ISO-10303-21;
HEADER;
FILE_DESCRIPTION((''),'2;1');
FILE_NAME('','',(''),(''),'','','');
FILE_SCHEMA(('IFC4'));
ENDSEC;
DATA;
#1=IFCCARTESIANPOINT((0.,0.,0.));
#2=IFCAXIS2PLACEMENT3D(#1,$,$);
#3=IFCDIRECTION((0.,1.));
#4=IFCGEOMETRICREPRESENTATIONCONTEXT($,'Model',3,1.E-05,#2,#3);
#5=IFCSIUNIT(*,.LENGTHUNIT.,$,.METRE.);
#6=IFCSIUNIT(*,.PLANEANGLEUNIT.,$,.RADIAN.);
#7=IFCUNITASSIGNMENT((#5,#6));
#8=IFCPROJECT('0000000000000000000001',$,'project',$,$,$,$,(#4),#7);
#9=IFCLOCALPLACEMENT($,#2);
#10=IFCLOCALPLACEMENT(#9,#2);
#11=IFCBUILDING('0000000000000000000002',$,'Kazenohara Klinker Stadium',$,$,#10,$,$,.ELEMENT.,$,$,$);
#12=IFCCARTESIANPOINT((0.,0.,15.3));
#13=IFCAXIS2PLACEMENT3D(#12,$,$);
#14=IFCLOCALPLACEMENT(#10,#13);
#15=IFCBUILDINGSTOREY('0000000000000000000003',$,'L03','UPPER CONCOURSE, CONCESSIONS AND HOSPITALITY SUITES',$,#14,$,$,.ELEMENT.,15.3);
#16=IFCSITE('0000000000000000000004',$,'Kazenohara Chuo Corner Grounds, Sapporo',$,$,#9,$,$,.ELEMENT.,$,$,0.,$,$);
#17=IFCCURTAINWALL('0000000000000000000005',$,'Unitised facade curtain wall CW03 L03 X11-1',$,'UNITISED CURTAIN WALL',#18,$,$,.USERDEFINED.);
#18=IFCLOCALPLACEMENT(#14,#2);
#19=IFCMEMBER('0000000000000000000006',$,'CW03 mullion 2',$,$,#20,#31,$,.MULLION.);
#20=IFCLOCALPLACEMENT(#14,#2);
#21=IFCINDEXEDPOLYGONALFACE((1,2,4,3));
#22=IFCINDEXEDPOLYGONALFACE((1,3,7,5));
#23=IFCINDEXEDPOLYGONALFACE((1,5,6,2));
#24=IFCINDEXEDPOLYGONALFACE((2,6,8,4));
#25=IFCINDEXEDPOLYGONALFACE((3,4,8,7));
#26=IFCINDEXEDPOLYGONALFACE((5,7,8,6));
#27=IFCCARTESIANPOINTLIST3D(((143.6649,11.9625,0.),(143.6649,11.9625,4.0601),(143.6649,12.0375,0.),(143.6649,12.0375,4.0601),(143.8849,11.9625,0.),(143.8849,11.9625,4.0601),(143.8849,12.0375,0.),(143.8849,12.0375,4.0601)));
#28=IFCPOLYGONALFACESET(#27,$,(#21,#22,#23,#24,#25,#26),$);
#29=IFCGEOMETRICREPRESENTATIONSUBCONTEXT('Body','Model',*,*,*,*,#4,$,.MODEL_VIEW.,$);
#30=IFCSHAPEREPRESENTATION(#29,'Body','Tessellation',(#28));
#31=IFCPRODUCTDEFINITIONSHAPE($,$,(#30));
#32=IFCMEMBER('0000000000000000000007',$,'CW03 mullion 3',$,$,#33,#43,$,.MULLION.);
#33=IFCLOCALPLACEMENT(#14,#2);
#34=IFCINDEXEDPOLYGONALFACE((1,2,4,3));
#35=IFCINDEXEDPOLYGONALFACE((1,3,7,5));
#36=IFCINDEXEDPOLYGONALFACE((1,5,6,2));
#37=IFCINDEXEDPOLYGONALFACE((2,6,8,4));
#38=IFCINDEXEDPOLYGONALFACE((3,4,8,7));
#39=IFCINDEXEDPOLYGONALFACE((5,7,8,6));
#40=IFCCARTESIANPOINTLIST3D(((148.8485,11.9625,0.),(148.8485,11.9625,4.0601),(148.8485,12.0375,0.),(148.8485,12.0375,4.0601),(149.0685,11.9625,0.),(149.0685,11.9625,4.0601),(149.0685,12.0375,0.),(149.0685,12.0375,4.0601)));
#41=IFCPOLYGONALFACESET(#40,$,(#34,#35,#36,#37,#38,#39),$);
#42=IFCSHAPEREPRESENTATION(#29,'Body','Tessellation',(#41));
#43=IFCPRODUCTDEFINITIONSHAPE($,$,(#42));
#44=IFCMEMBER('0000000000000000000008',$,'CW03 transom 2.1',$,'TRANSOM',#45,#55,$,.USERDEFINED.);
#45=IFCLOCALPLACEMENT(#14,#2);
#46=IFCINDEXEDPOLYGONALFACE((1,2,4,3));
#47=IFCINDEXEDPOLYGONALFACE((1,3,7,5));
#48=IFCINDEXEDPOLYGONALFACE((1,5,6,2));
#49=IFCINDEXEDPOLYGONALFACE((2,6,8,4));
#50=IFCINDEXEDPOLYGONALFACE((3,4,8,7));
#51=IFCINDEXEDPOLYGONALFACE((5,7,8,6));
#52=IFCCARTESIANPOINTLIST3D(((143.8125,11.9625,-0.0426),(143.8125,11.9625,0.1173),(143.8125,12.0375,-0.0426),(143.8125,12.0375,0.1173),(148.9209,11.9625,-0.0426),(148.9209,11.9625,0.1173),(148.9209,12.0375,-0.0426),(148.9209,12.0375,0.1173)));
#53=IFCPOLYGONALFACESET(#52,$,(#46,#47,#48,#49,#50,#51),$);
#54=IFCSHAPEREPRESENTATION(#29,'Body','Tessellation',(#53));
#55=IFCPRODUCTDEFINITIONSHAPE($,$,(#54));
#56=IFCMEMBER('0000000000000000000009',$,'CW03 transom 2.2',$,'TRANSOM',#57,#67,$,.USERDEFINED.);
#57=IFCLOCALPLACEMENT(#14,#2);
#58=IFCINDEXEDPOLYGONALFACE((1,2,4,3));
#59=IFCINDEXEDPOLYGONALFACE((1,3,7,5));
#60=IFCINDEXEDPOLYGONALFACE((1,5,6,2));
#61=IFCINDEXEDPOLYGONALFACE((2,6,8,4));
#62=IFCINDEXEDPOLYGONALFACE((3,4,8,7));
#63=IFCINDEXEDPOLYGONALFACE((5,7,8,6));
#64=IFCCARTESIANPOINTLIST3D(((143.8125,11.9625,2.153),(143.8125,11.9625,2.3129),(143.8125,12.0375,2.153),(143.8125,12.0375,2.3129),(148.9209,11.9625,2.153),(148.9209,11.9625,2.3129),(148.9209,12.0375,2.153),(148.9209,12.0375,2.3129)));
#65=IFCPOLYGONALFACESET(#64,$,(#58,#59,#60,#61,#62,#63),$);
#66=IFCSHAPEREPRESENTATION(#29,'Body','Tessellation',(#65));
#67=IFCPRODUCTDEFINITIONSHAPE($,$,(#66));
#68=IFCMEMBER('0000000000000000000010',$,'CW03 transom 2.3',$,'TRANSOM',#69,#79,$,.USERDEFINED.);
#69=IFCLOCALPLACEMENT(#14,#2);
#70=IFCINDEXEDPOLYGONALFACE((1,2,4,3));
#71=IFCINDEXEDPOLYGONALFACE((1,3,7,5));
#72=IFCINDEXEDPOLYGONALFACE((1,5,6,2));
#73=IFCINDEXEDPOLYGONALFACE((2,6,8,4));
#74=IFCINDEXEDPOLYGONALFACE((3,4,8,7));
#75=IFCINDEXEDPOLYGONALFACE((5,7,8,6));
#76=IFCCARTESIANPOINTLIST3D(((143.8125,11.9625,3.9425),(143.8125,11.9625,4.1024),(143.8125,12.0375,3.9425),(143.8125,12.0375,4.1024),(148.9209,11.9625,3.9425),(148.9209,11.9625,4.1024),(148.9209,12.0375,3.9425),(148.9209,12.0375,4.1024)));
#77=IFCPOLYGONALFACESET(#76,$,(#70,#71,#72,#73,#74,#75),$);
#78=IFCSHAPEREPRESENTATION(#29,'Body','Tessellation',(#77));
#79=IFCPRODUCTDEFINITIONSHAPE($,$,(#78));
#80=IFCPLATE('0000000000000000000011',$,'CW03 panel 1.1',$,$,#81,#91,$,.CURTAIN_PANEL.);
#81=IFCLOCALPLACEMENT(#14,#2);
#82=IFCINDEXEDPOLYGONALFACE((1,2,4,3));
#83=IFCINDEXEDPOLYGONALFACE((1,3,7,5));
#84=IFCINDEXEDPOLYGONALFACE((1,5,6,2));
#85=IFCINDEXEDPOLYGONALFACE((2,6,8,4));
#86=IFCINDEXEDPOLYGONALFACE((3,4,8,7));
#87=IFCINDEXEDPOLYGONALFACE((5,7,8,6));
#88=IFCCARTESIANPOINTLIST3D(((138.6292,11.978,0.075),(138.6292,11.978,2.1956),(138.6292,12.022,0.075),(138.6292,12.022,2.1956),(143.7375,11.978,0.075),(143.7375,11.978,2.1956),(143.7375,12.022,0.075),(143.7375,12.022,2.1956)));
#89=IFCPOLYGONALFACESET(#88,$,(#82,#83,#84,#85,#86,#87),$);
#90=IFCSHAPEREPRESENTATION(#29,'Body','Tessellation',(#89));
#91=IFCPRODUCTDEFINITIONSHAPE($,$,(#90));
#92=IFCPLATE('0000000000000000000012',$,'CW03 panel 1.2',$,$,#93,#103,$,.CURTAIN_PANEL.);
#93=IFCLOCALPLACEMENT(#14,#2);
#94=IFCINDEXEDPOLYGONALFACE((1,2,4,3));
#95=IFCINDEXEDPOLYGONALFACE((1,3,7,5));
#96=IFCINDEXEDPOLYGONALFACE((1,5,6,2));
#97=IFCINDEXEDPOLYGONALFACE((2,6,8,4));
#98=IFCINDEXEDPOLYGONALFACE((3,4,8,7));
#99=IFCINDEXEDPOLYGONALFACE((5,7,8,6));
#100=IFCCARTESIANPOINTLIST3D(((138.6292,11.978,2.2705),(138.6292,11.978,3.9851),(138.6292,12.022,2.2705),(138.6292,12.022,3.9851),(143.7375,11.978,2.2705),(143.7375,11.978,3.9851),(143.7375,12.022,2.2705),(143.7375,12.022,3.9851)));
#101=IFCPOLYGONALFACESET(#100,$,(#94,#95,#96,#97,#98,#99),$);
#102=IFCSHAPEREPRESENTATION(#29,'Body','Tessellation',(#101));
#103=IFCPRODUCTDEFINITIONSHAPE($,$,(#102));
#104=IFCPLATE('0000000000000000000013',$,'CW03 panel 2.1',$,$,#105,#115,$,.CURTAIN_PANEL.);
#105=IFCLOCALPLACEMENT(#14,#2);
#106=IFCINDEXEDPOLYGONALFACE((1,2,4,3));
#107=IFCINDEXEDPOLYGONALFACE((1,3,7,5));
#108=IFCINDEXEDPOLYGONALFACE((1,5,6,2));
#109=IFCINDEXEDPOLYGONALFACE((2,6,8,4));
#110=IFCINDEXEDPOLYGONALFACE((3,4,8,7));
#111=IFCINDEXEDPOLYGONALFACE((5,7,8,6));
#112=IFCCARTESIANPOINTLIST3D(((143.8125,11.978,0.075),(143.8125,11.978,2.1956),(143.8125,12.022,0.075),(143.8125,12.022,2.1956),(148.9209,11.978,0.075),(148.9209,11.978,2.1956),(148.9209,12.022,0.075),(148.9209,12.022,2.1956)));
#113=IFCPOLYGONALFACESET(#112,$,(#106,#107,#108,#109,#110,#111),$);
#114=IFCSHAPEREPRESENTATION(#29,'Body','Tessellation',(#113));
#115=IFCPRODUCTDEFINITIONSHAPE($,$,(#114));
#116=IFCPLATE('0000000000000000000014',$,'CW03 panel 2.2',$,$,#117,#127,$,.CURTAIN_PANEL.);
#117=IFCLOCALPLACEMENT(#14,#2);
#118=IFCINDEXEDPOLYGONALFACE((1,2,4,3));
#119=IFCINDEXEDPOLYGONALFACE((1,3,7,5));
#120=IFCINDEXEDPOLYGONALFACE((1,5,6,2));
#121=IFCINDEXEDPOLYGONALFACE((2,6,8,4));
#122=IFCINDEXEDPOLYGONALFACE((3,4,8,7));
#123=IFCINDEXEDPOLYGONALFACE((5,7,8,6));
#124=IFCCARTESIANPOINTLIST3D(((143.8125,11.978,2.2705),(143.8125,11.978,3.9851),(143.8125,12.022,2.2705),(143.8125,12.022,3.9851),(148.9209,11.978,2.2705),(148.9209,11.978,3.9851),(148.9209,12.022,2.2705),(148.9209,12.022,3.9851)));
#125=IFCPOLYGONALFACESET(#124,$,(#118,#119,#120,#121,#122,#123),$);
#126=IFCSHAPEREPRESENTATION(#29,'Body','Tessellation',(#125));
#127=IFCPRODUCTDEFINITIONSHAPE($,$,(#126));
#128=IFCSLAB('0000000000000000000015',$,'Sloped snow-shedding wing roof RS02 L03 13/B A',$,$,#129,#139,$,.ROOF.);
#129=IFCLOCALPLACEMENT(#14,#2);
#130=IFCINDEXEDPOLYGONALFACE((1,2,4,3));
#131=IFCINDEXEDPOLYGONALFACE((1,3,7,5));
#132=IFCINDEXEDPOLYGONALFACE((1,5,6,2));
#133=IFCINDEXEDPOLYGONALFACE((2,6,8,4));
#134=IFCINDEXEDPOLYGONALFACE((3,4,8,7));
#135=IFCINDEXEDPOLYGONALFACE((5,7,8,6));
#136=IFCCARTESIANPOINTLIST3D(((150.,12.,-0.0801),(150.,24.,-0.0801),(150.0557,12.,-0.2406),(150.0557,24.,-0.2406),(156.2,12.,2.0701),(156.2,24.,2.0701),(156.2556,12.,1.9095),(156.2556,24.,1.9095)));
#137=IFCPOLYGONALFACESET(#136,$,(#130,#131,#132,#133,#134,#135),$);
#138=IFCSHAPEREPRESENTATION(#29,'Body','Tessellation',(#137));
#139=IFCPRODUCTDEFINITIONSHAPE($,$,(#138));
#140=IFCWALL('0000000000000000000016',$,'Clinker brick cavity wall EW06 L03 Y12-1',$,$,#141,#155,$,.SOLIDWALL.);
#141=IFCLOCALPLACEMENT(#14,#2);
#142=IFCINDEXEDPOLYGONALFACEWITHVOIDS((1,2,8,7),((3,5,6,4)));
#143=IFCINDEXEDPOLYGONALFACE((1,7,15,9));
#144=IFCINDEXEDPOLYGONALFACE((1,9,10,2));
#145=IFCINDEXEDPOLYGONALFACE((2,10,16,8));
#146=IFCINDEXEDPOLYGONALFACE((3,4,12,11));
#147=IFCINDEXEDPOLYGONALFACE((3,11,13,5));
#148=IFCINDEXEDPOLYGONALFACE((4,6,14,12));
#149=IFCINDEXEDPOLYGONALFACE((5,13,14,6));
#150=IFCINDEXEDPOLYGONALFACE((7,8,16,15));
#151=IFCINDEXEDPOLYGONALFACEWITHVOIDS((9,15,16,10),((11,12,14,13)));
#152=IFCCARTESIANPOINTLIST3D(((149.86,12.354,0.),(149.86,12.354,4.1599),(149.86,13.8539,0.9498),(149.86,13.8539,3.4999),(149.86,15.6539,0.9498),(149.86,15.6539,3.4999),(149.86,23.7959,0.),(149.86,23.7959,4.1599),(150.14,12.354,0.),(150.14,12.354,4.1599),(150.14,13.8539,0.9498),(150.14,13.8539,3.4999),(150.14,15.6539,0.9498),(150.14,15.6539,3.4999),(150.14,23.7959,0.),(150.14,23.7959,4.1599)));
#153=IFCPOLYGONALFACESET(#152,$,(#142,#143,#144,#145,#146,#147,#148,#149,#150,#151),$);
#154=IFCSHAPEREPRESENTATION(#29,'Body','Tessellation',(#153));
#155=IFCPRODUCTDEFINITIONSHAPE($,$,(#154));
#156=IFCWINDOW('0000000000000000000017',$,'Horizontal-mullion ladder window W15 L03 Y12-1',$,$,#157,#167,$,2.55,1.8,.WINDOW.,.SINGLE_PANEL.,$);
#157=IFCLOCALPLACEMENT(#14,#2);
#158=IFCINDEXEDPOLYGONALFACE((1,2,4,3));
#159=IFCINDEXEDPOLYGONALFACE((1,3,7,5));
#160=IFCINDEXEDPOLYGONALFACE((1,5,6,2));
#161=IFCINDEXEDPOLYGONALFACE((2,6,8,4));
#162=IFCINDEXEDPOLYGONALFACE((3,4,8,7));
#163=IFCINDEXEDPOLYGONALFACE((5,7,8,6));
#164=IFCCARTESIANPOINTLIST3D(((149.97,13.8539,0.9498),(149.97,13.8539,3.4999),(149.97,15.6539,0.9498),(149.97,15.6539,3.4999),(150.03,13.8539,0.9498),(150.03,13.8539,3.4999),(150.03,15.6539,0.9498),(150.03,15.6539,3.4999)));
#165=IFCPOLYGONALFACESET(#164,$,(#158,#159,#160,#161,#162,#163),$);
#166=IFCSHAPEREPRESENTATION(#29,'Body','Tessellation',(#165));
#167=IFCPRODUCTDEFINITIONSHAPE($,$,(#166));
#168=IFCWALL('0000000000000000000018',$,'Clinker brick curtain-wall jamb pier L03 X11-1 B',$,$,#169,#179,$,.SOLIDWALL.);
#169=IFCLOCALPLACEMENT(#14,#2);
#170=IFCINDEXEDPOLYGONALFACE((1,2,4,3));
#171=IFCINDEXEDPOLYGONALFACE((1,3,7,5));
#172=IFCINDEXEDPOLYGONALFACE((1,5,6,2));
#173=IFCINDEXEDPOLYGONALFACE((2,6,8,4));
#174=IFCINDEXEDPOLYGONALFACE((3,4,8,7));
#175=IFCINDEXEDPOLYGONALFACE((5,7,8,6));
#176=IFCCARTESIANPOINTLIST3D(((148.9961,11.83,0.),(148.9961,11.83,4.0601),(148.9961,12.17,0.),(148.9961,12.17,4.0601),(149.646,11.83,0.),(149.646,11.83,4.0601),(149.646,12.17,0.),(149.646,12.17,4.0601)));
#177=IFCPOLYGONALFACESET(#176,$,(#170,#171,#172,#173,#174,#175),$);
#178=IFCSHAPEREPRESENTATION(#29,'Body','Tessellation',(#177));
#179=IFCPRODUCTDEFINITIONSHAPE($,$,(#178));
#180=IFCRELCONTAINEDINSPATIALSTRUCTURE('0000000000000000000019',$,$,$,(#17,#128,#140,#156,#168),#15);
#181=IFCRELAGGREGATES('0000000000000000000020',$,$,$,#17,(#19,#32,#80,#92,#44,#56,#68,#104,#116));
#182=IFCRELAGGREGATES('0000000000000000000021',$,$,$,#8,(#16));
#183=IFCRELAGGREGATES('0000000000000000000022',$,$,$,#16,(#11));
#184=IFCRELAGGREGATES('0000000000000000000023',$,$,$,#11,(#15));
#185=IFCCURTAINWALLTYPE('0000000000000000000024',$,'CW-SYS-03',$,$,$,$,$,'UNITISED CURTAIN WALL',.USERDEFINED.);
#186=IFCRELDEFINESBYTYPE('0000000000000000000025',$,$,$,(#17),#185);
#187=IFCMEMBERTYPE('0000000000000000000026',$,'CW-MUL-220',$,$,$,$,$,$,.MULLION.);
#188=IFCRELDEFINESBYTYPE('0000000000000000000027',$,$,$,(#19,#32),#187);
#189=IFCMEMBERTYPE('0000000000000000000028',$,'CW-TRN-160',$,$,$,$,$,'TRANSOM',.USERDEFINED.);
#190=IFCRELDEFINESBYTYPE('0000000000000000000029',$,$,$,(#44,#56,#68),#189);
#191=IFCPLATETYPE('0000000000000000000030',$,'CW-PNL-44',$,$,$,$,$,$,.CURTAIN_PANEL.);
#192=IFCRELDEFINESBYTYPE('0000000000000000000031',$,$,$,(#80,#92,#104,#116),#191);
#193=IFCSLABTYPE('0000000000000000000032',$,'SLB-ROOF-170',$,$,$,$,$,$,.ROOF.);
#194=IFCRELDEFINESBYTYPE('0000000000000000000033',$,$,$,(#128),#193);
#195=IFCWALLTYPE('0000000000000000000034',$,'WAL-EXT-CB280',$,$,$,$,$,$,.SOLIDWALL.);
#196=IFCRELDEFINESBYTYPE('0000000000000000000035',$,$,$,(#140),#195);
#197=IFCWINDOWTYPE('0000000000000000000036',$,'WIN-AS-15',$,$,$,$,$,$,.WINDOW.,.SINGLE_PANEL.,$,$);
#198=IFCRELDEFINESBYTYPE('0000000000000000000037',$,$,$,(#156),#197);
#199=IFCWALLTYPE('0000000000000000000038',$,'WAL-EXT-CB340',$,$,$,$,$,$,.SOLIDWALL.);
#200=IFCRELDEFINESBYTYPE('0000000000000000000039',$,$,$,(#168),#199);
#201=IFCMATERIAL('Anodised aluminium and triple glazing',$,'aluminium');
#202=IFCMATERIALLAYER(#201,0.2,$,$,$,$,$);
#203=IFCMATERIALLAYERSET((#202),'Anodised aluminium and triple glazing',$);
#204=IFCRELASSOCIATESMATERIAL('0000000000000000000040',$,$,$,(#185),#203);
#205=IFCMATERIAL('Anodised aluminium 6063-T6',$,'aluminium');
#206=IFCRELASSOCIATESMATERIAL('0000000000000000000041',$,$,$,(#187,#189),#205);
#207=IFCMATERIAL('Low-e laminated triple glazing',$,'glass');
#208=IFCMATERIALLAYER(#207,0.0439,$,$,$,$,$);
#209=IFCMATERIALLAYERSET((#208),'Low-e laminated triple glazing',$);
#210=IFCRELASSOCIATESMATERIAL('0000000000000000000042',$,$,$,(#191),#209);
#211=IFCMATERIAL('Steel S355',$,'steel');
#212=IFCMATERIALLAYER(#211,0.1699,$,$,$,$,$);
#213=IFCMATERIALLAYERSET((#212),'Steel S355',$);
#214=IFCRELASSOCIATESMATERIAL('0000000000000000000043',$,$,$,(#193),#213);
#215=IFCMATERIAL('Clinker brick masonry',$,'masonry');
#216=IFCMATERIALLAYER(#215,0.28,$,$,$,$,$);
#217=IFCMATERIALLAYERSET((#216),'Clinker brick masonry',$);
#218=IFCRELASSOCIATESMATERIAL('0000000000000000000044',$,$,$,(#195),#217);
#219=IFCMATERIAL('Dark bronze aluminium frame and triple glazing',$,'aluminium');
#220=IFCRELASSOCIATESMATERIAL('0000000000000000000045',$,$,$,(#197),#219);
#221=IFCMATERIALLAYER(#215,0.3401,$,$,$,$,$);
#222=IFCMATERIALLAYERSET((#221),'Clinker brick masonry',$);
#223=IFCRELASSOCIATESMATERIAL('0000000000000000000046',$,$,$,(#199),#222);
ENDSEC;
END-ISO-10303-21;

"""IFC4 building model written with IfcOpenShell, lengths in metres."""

from ifc_helpers import new_model, si_unit, direction, frame, frame_2d, origin, origin_2d, place, context, subcontext, project, spatial, polyline, rectangle, outline, extrude, material, layer, layer_set, material_profile, profile_set, type_object, element, fill, aggregate, save


model = new_model("IFC4")

# Units and contexts
model_context = context("Model", 3, precision=1e-05, world=origin(), true_north=direction((0.0, 1.0)))
body_context = subcontext(model_context, "Body", "Model", "MODEL_VIEW")
ifc_project = project(units=[si_unit("LENGTHUNIT", "METRE"), si_unit("PLANEANGLEUNIT", "RADIAN")], contexts=[model_context])

# Site, building, storey
site_placement = place(None, origin())
site = spatial("IfcSite", under=ifc_project, at=site_placement, Name="Kazenohara Chuo Corner Grounds, Sapporo", CompositionType="ELEMENT", RefElevation=0.0)
building_placement = place(site_placement, origin())
building = spatial("IfcBuilding", under=site, at=building_placement, Name="Kazenohara Klinker Stadium", CompositionType="ELEMENT")
storey_placement = place(building_placement, frame((0.0, 0.0, 15.3)))
storey = spatial("IfcBuildingStorey", under=building, at=storey_placement, Name="L03", Description="UPPER CONCOURSE, CONCESSIONS AND HOSPITALITY SUITES", CompositionType="ELEMENT", Elevation=15.3)

# Shared definitions
ifc_material_1 = material(Name="Steel S355", Category="steel")

# Curtain wall, members, plates
ifc_material_2 = material(Name="Anodised aluminium and triple glazing", Category="aluminium")
ifc_layer_1 = layer(ifc_material_2, 0.2)
ifc_layer_set_1 = layer_set([ifc_layer_1], Name="Anodised aluminium and triple glazing")
curtain_wall_type = type_object("IfcCurtainWallType", Name="CW-SYS-03", ElementType="UNITISED CURTAIN WALL", PredefinedType="USERDEFINED", material=ifc_layer_set_1)
curtain_wall_placement = place(storey_placement, origin())
curtain_wall = element("IfcCurtainWall", 1, at=curtain_wall_placement, inside=storey, type_object=curtain_wall_type, Name="Unitised facade curtain wall CW03 L03 X11-1", ObjectType="UNITISED CURTAIN WALL", PredefinedType="USERDEFINED")
ifc_material_3 = material(Name="Anodised aluminium 6063-T6", Category="aluminium")
ifc_material_profile_1 = material_profile(ifc_material_3, rectangle(XDim=0.075, YDim=0.22, at=origin_2d()), Name="ALU-MUL-75x220")
ifc_profile_set_1 = profile_set([ifc_material_profile_1], Name="Anodised aluminium 6063-T6")
member_type_1 = type_object("IfcMemberType", Name="CW-MUL-220", PredefinedType="MULLION", material=ifc_profile_set_1)
member_1_placement = place(storey_placement, frame((143.7749, 12.0, 0.0), z_axis=(0.0, 0.0, 1.0), x_axis=(0.0, 1.0, 0.0)))
member_1 = element("IfcMember", 2, at=member_1_placement, type_object=member_type_1, Name="CW03 mullion 2", PredefinedType="MULLION", context=body_context, shape_type="SweptSolid", body=[
    extrude(rectangle(XDim=0.075, YDim=0.22, at=origin_2d()), origin(), (0.0, 0.0, 1.0), 4.0601),
])
member_2_placement = place(storey_placement, frame((148.9585, 12.0, 0.0), z_axis=(0.0, 0.0, 1.0), x_axis=(0.0, 1.0, 0.0)))
member_2 = element("IfcMember", 3, at=member_2_placement, type_object=member_type_1, Name="CW03 mullion 3", PredefinedType="MULLION", context=body_context, shape_type="SweptSolid", body=[
    extrude(rectangle(XDim=0.075, YDim=0.22, at=origin_2d()), origin(), (0.0, 0.0, 1.0), 4.0601),
])
ifc_material_profile_2 = material_profile(ifc_material_3, rectangle(XDim=0.075, YDim=0.1599, at=origin_2d()), Name="ALU-TRN-75x160")
ifc_profile_set_2 = profile_set([ifc_material_profile_2], Name="Anodised aluminium 6063-T6")
member_type_2 = type_object("IfcMemberType", Name="CW-TRN-160", ElementType="TRANSOM", PredefinedType="USERDEFINED", material=ifc_profile_set_2)
member_3_placement = place(storey_placement, frame((143.8125, 12.0, 0.0374), z_axis=(1.0, 0.0, 0.0), x_axis=(0.0, 1.0, 0.0)))
member_3 = element("IfcMember", 4, at=member_3_placement, type_object=member_type_2, Name="CW03 transom 2.1", ObjectType="TRANSOM", PredefinedType="USERDEFINED", context=body_context, shape_type="SweptSolid", body=[
    extrude(rectangle(XDim=0.075, YDim=0.1599, at=origin_2d()), origin(), (0.0, 0.0, 1.0), 5.1084),
])
member_4_placement = place(storey_placement, frame((143.8125, 12.0, 2.2329), z_axis=(1.0, 0.0, 0.0), x_axis=(0.0, 1.0, 0.0)))
member_4 = element("IfcMember", 5, at=member_4_placement, type_object=member_type_2, Name="CW03 transom 2.2", ObjectType="TRANSOM", PredefinedType="USERDEFINED", context=body_context, shape_type="SweptSolid", body=[
    extrude(rectangle(XDim=0.075, YDim=0.1599, at=origin_2d()), origin(), (0.0, 0.0, 1.0), 5.1084),
])
member_5_placement = place(storey_placement, frame((143.8125, 12.0, 4.0225), z_axis=(1.0, 0.0, 0.0), x_axis=(0.0, 1.0, 0.0)))
member_5 = element("IfcMember", 6, at=member_5_placement, type_object=member_type_2, Name="CW03 transom 2.3", ObjectType="TRANSOM", PredefinedType="USERDEFINED", context=body_context, shape_type="SweptSolid", body=[
    extrude(rectangle(XDim=0.075, YDim=0.1599, at=origin_2d()), origin(), (0.0, 0.0, 1.0), 5.1084),
])
ifc_material_4 = material(Name="Low-e laminated triple glazing", Category="glass")
ifc_layer_2 = layer(ifc_material_4, 0.0439)
ifc_layer_set_2 = layer_set([ifc_layer_2], Name="Low-e laminated triple glazing")
plate_type = type_object("IfcPlateType", Name="CW-PNL-44", PredefinedType="CURTAIN_PANEL", material=ifc_layer_set_2)
plate_1_placement = place(storey_placement, frame((141.1833, 12.0, 0.075), z_axis=(0.0, 0.0, 1.0), x_axis=(1.0, 0.0, 0.0)))
plate_1 = element("IfcPlate", 7, at=plate_1_placement, type_object=plate_type, Name="CW03 panel 1.1", PredefinedType="CURTAIN_PANEL", context=body_context, shape_type="SweptSolid", body=[
    extrude(rectangle(XDim=5.1084, YDim=0.0439, at=origin_2d()), origin(), (0.0, 0.0, 1.0), 2.1206),
])
plate_2_placement = place(storey_placement, frame((141.1833, 12.0, 2.2705), z_axis=(0.0, 0.0, 1.0), x_axis=(1.0, 0.0, 0.0)))
plate_2 = element("IfcPlate", 8, at=plate_2_placement, type_object=plate_type, Name="CW03 panel 1.2", PredefinedType="CURTAIN_PANEL", context=body_context, shape_type="SweptSolid", body=[
    extrude(rectangle(XDim=5.1084, YDim=0.0439, at=origin_2d()), origin(), (0.0, 0.0, 1.0), 1.7146),
])
plate_3_placement = place(storey_placement, frame((146.3667, 12.0, 0.075), z_axis=(0.0, 0.0, 1.0), x_axis=(1.0, 0.0, 0.0)))
plate_3 = element("IfcPlate", 9, at=plate_3_placement, type_object=plate_type, Name="CW03 panel 2.1", PredefinedType="CURTAIN_PANEL", context=body_context, shape_type="SweptSolid", body=[
    extrude(rectangle(XDim=5.1084, YDim=0.0439, at=origin_2d()), origin(), (0.0, 0.0, 1.0), 2.1206),
])
plate_4_placement = place(storey_placement, frame((146.3667, 12.0, 2.2705), z_axis=(0.0, 0.0, 1.0), x_axis=(1.0, 0.0, 0.0)))
plate_4 = element("IfcPlate", 10, at=plate_4_placement, type_object=plate_type, Name="CW03 panel 2.2", PredefinedType="CURTAIN_PANEL", context=body_context, shape_type="SweptSolid", body=[
    extrude(rectangle(XDim=5.1084, YDim=0.0439, at=origin_2d()), origin(), (0.0, 0.0, 1.0), 1.7146),
])
aggregate(curtain_wall, [member_1, member_2, plate_1, plate_2, member_3, member_4, member_5, plate_3, plate_4])

# Slab
ifc_layer_3 = layer(ifc_material_1, 0.1699)
ifc_layer_set_3 = layer_set([ifc_layer_3], Name="Steel S355")
slab_type = type_object("IfcSlabType", Name="SLB-ROOF-170", PredefinedType="ROOF", material=ifc_layer_set_3)
slab_placement = place(storey_placement, frame((150.0, 12.0, -0.0801), z_axis=(-0.327656, 0.0, 0.944797), x_axis=(0.944797, 0.0, 0.327656)))
element("IfcSlab", 11, at=slab_placement, inside=storey, type_object=slab_type, Name="Sloped snow-shedding wing roof RS02 L03 13/B A", PredefinedType="ROOF", context=body_context, shape_type="SweptSolid", body=[
    extrude(outline(polyline([(0.0, 0.0), (6.5622, 0.0), (6.5622, 12.0), (0.0, 12.0), (0.0, 0.0)])), origin(), (0.0, 0.0, -1.0), 0.1699),
])

# Wall, opening, window
ifc_material_5 = material(Name="Clinker brick masonry", Category="masonry")
ifc_layer_4 = layer(ifc_material_5, 0.28)
ifc_layer_set_4 = layer_set([ifc_layer_4], Name="Clinker brick masonry")
wall_type_1 = type_object("IfcWallType", Name="WAL-EXT-CB280", PredefinedType="SOLIDWALL", material=ifc_layer_set_4)
wall_1_placement = place(storey_placement, frame((150.0, 12.354, 0.0), z_axis=(0.0, 0.0, 1.0), x_axis=(0.0, 1.0, 0.0)))
wall_1 = element("IfcWall", 12, at=wall_1_placement, inside=storey, type_object=wall_type_1, Name="Clinker brick cavity wall EW06 L03 Y12-1", PredefinedType="SOLIDWALL", context=body_context, shape_type="SweptSolid", body=[
    extrude(rectangle(XDim=11.4419, YDim=0.28, at=frame_2d((5.7209, 0.0))), origin(), (0.0, 0.0, 1.0), 4.1599),
])
opening_placement = place(wall_1_placement, frame((1.5, 0.0, 0.95)))
opening = element("IfcOpeningElement", 13, at=opening_placement, cuts=wall_1, PredefinedType="OPENING", context=body_context, shape_type="SweptSolid", body=[
    extrude(rectangle(XDim=1.8, YDim=2.55, at=frame_2d((0.8999, 1.2749))), frame((0.0, 0.1499, 0.0), z_axis=(0.0, -1.0, 0.0), x_axis=(1.0, 0.0, 0.0)), (0.0, 0.0, 1.0), 0.3),
])
ifc_material_6 = material(Name="Dark bronze aluminium frame and triple glazing", Category="aluminium")
window_type = type_object("IfcWindowType", Name="WIN-AS-15", PartitioningType="SINGLE_PANEL", PredefinedType="WINDOW", material=ifc_material_6)
window_placement = place(opening_placement, origin())
window = element("IfcWindow", 14, at=window_placement, inside=storey, type_object=window_type, Name="Horizontal-mullion ladder window W15 L03 Y12-1", OverallHeight=2.55, OverallWidth=1.8, PartitioningType="SINGLE_PANEL", PredefinedType="WINDOW", context=body_context, shape_type="SweptSolid", body=[
    extrude(rectangle(XDim=1.8, YDim=2.55, at=frame_2d((0.8999, 1.2749))), frame((0.0, 0.03, 0.0), z_axis=(0.0, -1.0, 0.0), x_axis=(1.0, 0.0, 0.0)), (0.0, 0.0, 1.0), 0.0601),
])
fill(opening, window)

# Wall
ifc_layer_5 = layer(ifc_material_5, 0.3401)
ifc_layer_set_5 = layer_set([ifc_layer_5], Name="Clinker brick masonry")
wall_type_2 = type_object("IfcWallType", Name="WAL-EXT-CB340", PredefinedType="SOLIDWALL", material=ifc_layer_set_5)
wall_2_placement = place(storey_placement, frame((148.9961, 12.0, 0.0), z_axis=(0.0, 0.0, 1.0), x_axis=(1.0, 0.0, 0.0)))
element("IfcWall", 15, at=wall_2_placement, inside=storey, type_object=wall_type_2, Name="Clinker brick curtain-wall jamb pier L03 X11-1 B", PredefinedType="SOLIDWALL", context=body_context, shape_type="SweptSolid", body=[
    extrude(rectangle(XDim=0.6499, YDim=0.3401, at=frame_2d((0.325, 0.0))), origin(), (0.0, 0.0, 1.0), 4.0601),
])

save(model, "model.ifc")
